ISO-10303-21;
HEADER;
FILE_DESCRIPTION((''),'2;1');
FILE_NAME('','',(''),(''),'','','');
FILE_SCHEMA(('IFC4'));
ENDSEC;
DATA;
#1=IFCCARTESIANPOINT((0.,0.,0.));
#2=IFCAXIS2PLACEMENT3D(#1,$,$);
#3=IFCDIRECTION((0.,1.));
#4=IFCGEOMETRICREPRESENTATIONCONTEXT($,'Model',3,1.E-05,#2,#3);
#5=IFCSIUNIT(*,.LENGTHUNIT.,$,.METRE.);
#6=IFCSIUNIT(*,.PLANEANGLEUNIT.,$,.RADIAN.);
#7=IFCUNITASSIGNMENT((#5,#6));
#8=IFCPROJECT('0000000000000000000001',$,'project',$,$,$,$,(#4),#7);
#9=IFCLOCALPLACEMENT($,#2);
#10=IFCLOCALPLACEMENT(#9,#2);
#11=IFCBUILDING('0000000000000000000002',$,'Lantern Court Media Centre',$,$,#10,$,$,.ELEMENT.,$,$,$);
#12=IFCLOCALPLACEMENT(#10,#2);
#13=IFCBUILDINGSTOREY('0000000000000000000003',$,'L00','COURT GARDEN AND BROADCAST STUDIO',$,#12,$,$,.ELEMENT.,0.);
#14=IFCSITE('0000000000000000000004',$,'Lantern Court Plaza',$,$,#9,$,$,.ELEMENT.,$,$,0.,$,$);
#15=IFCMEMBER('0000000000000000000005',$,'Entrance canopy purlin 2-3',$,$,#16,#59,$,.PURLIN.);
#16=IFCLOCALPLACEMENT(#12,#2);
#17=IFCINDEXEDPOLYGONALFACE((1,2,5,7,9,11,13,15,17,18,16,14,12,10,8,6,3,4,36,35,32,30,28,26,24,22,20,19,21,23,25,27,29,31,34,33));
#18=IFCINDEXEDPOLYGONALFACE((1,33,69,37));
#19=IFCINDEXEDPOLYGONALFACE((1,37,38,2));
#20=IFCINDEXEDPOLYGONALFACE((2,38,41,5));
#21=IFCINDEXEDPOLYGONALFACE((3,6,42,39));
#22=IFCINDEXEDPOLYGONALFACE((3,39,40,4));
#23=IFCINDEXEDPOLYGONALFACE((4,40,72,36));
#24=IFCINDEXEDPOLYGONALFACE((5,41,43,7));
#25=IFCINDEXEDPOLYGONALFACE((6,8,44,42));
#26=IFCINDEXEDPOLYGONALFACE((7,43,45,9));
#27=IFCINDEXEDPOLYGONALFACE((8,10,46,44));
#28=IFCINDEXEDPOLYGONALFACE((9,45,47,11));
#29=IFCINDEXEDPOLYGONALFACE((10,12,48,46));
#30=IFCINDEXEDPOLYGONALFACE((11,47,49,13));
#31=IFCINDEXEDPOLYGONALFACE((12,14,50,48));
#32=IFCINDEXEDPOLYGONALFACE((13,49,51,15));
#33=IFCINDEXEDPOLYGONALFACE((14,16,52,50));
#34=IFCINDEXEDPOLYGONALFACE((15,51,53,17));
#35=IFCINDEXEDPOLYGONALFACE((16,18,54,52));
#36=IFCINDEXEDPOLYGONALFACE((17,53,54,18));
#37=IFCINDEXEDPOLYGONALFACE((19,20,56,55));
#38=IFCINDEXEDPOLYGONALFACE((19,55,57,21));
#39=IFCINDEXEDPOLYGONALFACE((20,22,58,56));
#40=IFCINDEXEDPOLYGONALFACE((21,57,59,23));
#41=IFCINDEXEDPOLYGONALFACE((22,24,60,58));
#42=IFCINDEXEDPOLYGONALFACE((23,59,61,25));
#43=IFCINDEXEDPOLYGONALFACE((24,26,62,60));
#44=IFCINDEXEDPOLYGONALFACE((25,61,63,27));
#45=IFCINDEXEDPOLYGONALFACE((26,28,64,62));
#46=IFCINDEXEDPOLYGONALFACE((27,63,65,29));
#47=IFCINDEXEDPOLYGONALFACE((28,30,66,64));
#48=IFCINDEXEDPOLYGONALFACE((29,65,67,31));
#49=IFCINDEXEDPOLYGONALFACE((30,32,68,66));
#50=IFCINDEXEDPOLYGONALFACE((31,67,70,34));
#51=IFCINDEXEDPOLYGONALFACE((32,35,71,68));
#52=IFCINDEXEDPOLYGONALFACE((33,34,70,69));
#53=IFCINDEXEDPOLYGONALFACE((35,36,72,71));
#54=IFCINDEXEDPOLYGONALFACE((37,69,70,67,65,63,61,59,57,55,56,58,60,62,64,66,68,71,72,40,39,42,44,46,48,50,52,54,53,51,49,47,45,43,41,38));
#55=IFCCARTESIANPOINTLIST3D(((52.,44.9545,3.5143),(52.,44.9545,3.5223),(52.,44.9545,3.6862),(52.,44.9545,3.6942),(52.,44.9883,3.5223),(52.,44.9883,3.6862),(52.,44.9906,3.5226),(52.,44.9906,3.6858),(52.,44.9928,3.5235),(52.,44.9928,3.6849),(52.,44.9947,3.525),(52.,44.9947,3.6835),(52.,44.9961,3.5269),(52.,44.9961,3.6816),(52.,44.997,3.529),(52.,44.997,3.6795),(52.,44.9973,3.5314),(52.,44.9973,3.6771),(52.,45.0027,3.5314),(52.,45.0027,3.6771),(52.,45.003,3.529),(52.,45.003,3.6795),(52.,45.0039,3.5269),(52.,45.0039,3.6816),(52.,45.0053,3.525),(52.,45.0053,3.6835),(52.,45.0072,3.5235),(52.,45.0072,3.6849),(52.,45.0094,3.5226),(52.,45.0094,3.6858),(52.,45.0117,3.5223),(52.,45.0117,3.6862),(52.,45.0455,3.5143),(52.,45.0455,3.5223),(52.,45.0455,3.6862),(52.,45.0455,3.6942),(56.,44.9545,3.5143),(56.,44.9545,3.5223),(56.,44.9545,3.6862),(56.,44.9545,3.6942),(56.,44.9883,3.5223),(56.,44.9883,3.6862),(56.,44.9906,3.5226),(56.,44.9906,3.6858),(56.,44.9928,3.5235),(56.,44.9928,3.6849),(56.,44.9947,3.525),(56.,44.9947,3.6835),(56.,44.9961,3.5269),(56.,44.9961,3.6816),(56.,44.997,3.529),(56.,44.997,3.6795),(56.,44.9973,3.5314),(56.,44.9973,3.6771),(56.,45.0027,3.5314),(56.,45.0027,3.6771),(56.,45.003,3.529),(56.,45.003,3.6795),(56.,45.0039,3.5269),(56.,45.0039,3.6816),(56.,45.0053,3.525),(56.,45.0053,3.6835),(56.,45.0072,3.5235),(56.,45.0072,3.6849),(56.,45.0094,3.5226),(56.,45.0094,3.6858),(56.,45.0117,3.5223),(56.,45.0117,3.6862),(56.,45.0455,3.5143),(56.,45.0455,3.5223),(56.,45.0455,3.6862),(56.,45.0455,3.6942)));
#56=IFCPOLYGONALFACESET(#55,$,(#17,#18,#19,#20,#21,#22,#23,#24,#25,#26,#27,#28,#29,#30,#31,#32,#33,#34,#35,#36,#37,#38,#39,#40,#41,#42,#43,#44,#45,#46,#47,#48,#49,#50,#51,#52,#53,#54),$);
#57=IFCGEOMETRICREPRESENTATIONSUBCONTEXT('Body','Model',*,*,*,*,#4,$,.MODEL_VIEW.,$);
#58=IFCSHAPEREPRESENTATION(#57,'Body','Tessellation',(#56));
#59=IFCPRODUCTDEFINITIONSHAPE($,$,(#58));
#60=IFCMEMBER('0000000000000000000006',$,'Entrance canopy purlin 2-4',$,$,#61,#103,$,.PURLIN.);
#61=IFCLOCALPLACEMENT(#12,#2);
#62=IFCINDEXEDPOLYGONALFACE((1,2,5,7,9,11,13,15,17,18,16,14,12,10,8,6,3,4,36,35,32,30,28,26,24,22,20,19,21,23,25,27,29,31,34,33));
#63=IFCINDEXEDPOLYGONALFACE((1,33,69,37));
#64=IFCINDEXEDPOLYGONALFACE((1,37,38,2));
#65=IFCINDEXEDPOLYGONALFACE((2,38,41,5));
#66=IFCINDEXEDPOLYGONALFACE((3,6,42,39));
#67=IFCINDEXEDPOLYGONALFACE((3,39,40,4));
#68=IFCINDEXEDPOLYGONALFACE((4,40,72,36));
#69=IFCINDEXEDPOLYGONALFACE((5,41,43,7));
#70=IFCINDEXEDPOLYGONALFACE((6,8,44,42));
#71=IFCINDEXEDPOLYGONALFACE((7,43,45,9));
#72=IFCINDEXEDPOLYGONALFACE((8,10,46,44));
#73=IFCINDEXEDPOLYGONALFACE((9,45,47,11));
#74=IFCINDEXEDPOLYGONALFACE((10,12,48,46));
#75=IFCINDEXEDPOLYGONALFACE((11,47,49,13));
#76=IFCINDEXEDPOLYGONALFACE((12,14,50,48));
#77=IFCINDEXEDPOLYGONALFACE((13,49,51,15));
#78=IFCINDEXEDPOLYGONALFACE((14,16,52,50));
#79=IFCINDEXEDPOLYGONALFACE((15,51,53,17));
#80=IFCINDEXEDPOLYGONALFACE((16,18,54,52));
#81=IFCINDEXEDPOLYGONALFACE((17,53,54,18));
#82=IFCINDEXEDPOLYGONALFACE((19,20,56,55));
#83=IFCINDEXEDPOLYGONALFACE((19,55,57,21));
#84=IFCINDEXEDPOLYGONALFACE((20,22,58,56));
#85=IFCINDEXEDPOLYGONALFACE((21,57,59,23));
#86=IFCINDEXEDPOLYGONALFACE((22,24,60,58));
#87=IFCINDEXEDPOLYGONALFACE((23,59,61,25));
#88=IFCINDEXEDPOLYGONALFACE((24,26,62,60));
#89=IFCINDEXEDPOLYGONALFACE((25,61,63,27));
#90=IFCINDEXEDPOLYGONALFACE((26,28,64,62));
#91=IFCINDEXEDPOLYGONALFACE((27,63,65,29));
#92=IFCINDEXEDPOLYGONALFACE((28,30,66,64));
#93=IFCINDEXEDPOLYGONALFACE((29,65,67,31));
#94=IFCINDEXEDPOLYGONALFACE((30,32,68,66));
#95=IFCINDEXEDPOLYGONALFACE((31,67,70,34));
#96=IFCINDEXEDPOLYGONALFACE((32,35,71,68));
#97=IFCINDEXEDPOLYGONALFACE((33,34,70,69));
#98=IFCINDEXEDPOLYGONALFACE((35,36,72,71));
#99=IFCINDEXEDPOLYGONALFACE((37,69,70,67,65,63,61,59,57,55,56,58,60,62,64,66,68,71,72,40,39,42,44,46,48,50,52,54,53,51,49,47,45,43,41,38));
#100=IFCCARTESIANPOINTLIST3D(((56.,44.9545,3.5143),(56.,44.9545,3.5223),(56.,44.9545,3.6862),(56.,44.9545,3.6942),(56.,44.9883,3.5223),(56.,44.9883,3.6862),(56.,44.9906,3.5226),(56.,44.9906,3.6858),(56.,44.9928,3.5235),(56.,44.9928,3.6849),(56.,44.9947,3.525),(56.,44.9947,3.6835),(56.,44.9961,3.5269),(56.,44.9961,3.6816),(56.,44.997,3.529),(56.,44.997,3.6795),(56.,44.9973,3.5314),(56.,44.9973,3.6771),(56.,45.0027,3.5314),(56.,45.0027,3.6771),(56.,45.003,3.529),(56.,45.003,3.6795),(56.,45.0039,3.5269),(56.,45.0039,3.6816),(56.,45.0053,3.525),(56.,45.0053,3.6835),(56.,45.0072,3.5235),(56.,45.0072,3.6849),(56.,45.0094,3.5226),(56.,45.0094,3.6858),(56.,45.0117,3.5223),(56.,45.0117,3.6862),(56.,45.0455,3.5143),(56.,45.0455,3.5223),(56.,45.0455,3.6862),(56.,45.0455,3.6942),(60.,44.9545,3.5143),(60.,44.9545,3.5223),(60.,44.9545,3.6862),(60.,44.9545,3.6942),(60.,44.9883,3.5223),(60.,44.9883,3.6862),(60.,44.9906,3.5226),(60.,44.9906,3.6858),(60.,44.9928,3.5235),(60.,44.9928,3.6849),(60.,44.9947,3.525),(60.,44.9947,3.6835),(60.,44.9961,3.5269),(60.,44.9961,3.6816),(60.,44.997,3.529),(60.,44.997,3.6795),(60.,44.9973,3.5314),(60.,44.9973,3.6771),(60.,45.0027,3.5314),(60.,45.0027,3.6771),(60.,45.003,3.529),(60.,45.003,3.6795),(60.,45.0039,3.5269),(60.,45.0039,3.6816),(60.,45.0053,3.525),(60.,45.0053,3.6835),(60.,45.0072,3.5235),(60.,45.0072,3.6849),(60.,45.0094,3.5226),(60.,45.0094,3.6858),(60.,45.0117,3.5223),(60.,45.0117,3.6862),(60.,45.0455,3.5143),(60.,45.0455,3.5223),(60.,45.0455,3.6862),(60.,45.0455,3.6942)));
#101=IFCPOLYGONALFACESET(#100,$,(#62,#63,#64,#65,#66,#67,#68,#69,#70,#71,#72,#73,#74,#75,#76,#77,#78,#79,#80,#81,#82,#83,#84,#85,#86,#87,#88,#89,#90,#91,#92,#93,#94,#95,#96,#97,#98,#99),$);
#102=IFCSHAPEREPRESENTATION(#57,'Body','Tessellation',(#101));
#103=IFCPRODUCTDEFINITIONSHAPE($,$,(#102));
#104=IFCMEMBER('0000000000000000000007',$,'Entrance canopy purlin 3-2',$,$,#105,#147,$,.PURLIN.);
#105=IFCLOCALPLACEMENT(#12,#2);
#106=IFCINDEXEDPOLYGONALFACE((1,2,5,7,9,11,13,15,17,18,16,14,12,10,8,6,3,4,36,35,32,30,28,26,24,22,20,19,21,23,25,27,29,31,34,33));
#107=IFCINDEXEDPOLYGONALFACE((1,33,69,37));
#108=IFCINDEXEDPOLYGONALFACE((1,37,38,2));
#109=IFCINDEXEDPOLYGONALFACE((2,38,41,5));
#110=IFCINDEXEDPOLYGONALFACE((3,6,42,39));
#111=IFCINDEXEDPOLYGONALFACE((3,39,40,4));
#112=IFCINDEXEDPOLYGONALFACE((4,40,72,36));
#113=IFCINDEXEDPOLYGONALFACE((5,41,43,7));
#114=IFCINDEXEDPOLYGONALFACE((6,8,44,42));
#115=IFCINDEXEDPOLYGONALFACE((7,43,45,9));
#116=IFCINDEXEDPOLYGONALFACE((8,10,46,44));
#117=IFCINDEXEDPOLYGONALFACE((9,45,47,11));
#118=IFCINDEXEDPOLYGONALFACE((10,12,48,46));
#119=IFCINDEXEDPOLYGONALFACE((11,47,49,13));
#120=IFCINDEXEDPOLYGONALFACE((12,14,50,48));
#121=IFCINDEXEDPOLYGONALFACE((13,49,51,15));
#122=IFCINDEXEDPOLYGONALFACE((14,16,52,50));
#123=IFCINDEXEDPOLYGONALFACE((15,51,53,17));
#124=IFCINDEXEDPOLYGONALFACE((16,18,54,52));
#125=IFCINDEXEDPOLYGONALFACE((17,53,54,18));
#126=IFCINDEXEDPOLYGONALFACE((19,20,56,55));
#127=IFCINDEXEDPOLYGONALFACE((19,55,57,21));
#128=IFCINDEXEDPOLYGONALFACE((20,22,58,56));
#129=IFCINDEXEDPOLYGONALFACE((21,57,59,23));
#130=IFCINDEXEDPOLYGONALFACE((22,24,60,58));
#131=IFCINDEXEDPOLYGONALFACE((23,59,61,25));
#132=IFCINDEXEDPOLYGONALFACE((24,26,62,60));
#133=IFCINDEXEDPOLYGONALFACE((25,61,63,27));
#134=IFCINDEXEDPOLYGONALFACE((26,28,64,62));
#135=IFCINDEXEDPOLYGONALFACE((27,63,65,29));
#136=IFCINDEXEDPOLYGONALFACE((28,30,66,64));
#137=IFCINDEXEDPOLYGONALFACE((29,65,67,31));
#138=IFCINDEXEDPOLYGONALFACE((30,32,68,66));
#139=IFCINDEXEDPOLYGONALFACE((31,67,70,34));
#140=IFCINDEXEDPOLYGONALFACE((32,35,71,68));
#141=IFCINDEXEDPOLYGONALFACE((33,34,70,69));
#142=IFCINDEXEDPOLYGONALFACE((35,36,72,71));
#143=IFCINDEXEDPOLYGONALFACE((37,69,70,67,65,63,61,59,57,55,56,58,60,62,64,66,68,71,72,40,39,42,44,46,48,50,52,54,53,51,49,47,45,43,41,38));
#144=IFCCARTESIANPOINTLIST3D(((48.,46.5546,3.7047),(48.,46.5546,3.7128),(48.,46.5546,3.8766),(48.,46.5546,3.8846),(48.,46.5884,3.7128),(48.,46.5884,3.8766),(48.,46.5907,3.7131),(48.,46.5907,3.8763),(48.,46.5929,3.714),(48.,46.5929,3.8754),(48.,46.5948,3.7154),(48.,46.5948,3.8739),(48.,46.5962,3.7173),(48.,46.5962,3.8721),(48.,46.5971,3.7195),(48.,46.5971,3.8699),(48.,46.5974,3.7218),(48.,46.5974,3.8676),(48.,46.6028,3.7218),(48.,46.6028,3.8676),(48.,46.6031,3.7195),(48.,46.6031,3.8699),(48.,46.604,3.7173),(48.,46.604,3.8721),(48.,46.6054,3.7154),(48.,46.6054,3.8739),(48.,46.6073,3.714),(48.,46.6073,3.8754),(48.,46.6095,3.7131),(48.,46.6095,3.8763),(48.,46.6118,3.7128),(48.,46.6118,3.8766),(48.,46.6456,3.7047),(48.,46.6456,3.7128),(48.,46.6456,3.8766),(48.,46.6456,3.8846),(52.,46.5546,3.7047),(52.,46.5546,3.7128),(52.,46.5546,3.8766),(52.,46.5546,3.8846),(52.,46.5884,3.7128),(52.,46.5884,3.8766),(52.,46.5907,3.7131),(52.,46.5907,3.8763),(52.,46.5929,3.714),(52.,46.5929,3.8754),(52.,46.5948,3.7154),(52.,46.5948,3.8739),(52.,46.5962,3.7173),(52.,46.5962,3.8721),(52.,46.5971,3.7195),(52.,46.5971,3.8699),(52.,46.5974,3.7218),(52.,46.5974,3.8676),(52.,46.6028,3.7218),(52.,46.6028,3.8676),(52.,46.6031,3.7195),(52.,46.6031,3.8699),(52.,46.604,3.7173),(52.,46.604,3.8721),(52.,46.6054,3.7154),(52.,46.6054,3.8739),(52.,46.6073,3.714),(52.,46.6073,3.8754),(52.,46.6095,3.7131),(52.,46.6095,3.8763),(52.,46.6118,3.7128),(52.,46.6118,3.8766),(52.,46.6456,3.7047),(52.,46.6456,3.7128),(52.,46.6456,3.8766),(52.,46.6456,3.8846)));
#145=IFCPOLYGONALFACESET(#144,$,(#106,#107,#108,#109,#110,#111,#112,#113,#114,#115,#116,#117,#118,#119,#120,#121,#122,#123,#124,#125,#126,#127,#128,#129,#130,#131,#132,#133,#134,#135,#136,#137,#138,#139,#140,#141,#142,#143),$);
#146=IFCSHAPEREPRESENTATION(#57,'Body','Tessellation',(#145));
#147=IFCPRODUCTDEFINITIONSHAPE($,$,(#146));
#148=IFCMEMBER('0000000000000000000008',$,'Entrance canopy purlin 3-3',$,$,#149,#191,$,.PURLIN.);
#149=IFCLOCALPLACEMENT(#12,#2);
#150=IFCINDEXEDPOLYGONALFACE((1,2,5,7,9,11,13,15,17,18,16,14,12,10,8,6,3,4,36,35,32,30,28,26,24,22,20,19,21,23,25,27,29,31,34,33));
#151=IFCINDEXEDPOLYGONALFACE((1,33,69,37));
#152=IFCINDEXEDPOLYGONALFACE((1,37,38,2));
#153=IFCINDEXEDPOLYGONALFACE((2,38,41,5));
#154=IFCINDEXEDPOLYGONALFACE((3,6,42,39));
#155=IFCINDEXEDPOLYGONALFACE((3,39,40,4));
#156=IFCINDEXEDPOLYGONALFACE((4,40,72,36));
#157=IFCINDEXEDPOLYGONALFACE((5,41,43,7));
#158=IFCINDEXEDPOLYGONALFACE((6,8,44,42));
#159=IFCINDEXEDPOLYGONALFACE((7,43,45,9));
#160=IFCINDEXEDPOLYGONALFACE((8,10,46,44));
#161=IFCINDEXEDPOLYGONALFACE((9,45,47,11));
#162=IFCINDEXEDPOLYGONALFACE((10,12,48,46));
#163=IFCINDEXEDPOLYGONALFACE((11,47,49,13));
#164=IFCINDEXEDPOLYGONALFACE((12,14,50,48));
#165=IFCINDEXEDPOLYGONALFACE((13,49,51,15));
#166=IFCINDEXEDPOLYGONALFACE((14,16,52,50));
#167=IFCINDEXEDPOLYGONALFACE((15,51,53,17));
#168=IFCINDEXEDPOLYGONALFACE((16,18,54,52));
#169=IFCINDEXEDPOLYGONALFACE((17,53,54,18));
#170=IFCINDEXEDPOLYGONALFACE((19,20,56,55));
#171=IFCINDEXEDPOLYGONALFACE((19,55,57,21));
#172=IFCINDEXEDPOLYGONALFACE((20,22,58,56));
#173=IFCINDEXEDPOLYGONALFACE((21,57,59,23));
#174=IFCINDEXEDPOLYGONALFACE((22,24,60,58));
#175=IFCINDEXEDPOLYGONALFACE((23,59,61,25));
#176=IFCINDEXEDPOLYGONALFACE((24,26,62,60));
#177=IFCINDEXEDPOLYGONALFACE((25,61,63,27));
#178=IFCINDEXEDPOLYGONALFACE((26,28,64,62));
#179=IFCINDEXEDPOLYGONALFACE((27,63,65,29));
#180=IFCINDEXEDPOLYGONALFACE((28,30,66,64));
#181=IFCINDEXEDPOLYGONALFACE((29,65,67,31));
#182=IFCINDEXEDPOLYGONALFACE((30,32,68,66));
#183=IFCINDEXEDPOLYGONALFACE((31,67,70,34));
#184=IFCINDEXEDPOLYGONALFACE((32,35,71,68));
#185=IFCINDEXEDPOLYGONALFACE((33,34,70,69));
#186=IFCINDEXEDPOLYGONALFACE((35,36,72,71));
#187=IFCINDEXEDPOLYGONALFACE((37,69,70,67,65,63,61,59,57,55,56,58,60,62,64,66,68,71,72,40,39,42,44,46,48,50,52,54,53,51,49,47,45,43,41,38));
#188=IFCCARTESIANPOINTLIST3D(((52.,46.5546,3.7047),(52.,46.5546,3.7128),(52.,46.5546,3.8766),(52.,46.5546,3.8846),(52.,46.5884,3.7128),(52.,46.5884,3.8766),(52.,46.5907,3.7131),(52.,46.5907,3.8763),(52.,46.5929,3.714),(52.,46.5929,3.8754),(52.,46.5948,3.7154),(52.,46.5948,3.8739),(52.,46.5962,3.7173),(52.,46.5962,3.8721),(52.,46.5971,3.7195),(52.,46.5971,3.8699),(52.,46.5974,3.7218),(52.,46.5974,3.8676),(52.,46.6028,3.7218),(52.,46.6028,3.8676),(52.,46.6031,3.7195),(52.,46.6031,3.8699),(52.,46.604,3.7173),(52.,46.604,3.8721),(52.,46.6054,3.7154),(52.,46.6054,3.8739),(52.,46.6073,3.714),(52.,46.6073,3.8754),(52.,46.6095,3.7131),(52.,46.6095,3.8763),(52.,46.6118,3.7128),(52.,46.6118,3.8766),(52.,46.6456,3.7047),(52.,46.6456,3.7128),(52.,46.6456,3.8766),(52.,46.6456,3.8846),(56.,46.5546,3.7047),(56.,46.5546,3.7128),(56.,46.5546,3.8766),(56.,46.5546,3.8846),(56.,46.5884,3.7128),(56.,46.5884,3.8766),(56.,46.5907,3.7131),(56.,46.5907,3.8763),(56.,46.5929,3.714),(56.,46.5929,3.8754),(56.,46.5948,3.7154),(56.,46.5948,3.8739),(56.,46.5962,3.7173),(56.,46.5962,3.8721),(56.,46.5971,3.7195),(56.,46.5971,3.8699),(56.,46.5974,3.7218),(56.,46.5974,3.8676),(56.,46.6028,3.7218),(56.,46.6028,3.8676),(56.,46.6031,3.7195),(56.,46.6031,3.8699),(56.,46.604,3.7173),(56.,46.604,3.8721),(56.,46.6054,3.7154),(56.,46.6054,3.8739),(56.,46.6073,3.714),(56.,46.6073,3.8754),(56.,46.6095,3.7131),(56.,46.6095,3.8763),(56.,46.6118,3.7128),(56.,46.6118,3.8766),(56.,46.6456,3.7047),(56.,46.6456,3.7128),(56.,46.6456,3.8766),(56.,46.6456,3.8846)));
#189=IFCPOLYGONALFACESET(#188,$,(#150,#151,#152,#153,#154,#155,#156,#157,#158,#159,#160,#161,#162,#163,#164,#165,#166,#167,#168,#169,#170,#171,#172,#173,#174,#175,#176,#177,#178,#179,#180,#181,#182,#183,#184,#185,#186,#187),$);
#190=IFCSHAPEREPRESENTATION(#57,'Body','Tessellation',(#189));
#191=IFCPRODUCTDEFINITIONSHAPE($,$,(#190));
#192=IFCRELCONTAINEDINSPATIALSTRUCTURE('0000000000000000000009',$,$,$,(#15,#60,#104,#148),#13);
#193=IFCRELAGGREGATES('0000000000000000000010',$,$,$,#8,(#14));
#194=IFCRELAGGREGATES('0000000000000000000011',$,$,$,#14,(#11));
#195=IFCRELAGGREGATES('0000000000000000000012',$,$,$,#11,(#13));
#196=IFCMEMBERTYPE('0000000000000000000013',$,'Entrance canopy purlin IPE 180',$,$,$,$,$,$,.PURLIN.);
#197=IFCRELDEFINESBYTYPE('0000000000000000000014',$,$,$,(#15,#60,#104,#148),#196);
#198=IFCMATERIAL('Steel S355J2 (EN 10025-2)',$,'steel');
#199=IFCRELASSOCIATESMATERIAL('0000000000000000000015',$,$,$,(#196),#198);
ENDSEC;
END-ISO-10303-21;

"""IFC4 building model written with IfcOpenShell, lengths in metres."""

from ifc_helpers import new_model, si_unit, direction, frame, origin, origin_2d, place, context, subcontext, project, spatial, i_section, extrude, material, material_profile, profile_set, type_object, element, save


model = new_model("IFC4")

# Units and contexts
model_context = context("Model", 3, precision=1e-05, world=origin(), true_north=direction((0.0, 1.0)))
body_context = subcontext(model_context, "Body", "Model", "MODEL_VIEW")
ifc_project = project(units=[si_unit("LENGTHUNIT", "METRE"), si_unit("PLANEANGLEUNIT", "RADIAN")], contexts=[model_context])

# Site, building, storey
site_placement = place(None, origin())
site = spatial("IfcSite", under=ifc_project, at=site_placement, Name="Lantern Court Plaza", CompositionType="ELEMENT", RefElevation=0.0)
building_placement = place(site_placement, origin())
building = spatial("IfcBuilding", under=site, at=building_placement, Name="Lantern Court Media Centre", CompositionType="ELEMENT")
storey_placement = place(building_placement, origin())
storey = spatial("IfcBuildingStorey", under=building, at=storey_placement, Name="L00", Description="COURT GARDEN AND BROADCAST STUDIO", CompositionType="ELEMENT", Elevation=0.0)

# Shared definitions
ifc_material_1 = material(Name="Steel S355J2 (EN 10025-2)", Category="steel")

# Members
ifc_material_profile_1 = material_profile(ifc_material_1, i_section(OverallWidth=0.0911, OverallDepth=0.1799, WebThickness=0.0054, FlangeThickness=0.0081, FilletRadius=0.009, at=origin_2d()), Name="IPE 180")
ifc_profile_set_1 = profile_set([ifc_material_profile_1], Name="Steel S355J2 (EN 10025-2)")
member_type = type_object("IfcMemberType", Name="Entrance canopy purlin IPE 180", PredefinedType="PURLIN", material=ifc_profile_set_1)
for number, where, z_axis, x_axis, name in (
    (1, (52.0, 45.0, 3.6042), (1.0, 0.0, 0.0), (0.0, 1.0, 0.0), "Entrance canopy purlin 2-3"),
    (2, (56.0, 45.0, 3.6042), (1.0, 0.0, 0.0), (0.0, 1.0, 0.0), "Entrance canopy purlin 2-4"),
    (3, (48.0, 46.6001, 3.7947), (1.0, 0.0, 0.0), (0.0, 1.0, 0.0), "Entrance canopy purlin 3-2"),
    (4, (52.0, 46.6001, 3.7947), (1.0, 0.0, 0.0), (0.0, 1.0, 0.0), "Entrance canopy purlin 3-3"),
):
    element("IfcMember", number, at=place(storey_placement, frame(where, z_axis=z_axis, x_axis=x_axis)), inside=storey, type_object=member_type, Name=name, PredefinedType="PURLIN", context=body_context, shape_type="SweptSolid", body=[
        extrude(i_section(OverallWidth=0.0911, OverallDepth=0.1799, WebThickness=0.0054, FlangeThickness=0.0081, FilletRadius=0.009, at=origin_2d()), origin(), (0.0, 0.0, 1.0), 4.0),
    ])

save(model, "model.ifc")
